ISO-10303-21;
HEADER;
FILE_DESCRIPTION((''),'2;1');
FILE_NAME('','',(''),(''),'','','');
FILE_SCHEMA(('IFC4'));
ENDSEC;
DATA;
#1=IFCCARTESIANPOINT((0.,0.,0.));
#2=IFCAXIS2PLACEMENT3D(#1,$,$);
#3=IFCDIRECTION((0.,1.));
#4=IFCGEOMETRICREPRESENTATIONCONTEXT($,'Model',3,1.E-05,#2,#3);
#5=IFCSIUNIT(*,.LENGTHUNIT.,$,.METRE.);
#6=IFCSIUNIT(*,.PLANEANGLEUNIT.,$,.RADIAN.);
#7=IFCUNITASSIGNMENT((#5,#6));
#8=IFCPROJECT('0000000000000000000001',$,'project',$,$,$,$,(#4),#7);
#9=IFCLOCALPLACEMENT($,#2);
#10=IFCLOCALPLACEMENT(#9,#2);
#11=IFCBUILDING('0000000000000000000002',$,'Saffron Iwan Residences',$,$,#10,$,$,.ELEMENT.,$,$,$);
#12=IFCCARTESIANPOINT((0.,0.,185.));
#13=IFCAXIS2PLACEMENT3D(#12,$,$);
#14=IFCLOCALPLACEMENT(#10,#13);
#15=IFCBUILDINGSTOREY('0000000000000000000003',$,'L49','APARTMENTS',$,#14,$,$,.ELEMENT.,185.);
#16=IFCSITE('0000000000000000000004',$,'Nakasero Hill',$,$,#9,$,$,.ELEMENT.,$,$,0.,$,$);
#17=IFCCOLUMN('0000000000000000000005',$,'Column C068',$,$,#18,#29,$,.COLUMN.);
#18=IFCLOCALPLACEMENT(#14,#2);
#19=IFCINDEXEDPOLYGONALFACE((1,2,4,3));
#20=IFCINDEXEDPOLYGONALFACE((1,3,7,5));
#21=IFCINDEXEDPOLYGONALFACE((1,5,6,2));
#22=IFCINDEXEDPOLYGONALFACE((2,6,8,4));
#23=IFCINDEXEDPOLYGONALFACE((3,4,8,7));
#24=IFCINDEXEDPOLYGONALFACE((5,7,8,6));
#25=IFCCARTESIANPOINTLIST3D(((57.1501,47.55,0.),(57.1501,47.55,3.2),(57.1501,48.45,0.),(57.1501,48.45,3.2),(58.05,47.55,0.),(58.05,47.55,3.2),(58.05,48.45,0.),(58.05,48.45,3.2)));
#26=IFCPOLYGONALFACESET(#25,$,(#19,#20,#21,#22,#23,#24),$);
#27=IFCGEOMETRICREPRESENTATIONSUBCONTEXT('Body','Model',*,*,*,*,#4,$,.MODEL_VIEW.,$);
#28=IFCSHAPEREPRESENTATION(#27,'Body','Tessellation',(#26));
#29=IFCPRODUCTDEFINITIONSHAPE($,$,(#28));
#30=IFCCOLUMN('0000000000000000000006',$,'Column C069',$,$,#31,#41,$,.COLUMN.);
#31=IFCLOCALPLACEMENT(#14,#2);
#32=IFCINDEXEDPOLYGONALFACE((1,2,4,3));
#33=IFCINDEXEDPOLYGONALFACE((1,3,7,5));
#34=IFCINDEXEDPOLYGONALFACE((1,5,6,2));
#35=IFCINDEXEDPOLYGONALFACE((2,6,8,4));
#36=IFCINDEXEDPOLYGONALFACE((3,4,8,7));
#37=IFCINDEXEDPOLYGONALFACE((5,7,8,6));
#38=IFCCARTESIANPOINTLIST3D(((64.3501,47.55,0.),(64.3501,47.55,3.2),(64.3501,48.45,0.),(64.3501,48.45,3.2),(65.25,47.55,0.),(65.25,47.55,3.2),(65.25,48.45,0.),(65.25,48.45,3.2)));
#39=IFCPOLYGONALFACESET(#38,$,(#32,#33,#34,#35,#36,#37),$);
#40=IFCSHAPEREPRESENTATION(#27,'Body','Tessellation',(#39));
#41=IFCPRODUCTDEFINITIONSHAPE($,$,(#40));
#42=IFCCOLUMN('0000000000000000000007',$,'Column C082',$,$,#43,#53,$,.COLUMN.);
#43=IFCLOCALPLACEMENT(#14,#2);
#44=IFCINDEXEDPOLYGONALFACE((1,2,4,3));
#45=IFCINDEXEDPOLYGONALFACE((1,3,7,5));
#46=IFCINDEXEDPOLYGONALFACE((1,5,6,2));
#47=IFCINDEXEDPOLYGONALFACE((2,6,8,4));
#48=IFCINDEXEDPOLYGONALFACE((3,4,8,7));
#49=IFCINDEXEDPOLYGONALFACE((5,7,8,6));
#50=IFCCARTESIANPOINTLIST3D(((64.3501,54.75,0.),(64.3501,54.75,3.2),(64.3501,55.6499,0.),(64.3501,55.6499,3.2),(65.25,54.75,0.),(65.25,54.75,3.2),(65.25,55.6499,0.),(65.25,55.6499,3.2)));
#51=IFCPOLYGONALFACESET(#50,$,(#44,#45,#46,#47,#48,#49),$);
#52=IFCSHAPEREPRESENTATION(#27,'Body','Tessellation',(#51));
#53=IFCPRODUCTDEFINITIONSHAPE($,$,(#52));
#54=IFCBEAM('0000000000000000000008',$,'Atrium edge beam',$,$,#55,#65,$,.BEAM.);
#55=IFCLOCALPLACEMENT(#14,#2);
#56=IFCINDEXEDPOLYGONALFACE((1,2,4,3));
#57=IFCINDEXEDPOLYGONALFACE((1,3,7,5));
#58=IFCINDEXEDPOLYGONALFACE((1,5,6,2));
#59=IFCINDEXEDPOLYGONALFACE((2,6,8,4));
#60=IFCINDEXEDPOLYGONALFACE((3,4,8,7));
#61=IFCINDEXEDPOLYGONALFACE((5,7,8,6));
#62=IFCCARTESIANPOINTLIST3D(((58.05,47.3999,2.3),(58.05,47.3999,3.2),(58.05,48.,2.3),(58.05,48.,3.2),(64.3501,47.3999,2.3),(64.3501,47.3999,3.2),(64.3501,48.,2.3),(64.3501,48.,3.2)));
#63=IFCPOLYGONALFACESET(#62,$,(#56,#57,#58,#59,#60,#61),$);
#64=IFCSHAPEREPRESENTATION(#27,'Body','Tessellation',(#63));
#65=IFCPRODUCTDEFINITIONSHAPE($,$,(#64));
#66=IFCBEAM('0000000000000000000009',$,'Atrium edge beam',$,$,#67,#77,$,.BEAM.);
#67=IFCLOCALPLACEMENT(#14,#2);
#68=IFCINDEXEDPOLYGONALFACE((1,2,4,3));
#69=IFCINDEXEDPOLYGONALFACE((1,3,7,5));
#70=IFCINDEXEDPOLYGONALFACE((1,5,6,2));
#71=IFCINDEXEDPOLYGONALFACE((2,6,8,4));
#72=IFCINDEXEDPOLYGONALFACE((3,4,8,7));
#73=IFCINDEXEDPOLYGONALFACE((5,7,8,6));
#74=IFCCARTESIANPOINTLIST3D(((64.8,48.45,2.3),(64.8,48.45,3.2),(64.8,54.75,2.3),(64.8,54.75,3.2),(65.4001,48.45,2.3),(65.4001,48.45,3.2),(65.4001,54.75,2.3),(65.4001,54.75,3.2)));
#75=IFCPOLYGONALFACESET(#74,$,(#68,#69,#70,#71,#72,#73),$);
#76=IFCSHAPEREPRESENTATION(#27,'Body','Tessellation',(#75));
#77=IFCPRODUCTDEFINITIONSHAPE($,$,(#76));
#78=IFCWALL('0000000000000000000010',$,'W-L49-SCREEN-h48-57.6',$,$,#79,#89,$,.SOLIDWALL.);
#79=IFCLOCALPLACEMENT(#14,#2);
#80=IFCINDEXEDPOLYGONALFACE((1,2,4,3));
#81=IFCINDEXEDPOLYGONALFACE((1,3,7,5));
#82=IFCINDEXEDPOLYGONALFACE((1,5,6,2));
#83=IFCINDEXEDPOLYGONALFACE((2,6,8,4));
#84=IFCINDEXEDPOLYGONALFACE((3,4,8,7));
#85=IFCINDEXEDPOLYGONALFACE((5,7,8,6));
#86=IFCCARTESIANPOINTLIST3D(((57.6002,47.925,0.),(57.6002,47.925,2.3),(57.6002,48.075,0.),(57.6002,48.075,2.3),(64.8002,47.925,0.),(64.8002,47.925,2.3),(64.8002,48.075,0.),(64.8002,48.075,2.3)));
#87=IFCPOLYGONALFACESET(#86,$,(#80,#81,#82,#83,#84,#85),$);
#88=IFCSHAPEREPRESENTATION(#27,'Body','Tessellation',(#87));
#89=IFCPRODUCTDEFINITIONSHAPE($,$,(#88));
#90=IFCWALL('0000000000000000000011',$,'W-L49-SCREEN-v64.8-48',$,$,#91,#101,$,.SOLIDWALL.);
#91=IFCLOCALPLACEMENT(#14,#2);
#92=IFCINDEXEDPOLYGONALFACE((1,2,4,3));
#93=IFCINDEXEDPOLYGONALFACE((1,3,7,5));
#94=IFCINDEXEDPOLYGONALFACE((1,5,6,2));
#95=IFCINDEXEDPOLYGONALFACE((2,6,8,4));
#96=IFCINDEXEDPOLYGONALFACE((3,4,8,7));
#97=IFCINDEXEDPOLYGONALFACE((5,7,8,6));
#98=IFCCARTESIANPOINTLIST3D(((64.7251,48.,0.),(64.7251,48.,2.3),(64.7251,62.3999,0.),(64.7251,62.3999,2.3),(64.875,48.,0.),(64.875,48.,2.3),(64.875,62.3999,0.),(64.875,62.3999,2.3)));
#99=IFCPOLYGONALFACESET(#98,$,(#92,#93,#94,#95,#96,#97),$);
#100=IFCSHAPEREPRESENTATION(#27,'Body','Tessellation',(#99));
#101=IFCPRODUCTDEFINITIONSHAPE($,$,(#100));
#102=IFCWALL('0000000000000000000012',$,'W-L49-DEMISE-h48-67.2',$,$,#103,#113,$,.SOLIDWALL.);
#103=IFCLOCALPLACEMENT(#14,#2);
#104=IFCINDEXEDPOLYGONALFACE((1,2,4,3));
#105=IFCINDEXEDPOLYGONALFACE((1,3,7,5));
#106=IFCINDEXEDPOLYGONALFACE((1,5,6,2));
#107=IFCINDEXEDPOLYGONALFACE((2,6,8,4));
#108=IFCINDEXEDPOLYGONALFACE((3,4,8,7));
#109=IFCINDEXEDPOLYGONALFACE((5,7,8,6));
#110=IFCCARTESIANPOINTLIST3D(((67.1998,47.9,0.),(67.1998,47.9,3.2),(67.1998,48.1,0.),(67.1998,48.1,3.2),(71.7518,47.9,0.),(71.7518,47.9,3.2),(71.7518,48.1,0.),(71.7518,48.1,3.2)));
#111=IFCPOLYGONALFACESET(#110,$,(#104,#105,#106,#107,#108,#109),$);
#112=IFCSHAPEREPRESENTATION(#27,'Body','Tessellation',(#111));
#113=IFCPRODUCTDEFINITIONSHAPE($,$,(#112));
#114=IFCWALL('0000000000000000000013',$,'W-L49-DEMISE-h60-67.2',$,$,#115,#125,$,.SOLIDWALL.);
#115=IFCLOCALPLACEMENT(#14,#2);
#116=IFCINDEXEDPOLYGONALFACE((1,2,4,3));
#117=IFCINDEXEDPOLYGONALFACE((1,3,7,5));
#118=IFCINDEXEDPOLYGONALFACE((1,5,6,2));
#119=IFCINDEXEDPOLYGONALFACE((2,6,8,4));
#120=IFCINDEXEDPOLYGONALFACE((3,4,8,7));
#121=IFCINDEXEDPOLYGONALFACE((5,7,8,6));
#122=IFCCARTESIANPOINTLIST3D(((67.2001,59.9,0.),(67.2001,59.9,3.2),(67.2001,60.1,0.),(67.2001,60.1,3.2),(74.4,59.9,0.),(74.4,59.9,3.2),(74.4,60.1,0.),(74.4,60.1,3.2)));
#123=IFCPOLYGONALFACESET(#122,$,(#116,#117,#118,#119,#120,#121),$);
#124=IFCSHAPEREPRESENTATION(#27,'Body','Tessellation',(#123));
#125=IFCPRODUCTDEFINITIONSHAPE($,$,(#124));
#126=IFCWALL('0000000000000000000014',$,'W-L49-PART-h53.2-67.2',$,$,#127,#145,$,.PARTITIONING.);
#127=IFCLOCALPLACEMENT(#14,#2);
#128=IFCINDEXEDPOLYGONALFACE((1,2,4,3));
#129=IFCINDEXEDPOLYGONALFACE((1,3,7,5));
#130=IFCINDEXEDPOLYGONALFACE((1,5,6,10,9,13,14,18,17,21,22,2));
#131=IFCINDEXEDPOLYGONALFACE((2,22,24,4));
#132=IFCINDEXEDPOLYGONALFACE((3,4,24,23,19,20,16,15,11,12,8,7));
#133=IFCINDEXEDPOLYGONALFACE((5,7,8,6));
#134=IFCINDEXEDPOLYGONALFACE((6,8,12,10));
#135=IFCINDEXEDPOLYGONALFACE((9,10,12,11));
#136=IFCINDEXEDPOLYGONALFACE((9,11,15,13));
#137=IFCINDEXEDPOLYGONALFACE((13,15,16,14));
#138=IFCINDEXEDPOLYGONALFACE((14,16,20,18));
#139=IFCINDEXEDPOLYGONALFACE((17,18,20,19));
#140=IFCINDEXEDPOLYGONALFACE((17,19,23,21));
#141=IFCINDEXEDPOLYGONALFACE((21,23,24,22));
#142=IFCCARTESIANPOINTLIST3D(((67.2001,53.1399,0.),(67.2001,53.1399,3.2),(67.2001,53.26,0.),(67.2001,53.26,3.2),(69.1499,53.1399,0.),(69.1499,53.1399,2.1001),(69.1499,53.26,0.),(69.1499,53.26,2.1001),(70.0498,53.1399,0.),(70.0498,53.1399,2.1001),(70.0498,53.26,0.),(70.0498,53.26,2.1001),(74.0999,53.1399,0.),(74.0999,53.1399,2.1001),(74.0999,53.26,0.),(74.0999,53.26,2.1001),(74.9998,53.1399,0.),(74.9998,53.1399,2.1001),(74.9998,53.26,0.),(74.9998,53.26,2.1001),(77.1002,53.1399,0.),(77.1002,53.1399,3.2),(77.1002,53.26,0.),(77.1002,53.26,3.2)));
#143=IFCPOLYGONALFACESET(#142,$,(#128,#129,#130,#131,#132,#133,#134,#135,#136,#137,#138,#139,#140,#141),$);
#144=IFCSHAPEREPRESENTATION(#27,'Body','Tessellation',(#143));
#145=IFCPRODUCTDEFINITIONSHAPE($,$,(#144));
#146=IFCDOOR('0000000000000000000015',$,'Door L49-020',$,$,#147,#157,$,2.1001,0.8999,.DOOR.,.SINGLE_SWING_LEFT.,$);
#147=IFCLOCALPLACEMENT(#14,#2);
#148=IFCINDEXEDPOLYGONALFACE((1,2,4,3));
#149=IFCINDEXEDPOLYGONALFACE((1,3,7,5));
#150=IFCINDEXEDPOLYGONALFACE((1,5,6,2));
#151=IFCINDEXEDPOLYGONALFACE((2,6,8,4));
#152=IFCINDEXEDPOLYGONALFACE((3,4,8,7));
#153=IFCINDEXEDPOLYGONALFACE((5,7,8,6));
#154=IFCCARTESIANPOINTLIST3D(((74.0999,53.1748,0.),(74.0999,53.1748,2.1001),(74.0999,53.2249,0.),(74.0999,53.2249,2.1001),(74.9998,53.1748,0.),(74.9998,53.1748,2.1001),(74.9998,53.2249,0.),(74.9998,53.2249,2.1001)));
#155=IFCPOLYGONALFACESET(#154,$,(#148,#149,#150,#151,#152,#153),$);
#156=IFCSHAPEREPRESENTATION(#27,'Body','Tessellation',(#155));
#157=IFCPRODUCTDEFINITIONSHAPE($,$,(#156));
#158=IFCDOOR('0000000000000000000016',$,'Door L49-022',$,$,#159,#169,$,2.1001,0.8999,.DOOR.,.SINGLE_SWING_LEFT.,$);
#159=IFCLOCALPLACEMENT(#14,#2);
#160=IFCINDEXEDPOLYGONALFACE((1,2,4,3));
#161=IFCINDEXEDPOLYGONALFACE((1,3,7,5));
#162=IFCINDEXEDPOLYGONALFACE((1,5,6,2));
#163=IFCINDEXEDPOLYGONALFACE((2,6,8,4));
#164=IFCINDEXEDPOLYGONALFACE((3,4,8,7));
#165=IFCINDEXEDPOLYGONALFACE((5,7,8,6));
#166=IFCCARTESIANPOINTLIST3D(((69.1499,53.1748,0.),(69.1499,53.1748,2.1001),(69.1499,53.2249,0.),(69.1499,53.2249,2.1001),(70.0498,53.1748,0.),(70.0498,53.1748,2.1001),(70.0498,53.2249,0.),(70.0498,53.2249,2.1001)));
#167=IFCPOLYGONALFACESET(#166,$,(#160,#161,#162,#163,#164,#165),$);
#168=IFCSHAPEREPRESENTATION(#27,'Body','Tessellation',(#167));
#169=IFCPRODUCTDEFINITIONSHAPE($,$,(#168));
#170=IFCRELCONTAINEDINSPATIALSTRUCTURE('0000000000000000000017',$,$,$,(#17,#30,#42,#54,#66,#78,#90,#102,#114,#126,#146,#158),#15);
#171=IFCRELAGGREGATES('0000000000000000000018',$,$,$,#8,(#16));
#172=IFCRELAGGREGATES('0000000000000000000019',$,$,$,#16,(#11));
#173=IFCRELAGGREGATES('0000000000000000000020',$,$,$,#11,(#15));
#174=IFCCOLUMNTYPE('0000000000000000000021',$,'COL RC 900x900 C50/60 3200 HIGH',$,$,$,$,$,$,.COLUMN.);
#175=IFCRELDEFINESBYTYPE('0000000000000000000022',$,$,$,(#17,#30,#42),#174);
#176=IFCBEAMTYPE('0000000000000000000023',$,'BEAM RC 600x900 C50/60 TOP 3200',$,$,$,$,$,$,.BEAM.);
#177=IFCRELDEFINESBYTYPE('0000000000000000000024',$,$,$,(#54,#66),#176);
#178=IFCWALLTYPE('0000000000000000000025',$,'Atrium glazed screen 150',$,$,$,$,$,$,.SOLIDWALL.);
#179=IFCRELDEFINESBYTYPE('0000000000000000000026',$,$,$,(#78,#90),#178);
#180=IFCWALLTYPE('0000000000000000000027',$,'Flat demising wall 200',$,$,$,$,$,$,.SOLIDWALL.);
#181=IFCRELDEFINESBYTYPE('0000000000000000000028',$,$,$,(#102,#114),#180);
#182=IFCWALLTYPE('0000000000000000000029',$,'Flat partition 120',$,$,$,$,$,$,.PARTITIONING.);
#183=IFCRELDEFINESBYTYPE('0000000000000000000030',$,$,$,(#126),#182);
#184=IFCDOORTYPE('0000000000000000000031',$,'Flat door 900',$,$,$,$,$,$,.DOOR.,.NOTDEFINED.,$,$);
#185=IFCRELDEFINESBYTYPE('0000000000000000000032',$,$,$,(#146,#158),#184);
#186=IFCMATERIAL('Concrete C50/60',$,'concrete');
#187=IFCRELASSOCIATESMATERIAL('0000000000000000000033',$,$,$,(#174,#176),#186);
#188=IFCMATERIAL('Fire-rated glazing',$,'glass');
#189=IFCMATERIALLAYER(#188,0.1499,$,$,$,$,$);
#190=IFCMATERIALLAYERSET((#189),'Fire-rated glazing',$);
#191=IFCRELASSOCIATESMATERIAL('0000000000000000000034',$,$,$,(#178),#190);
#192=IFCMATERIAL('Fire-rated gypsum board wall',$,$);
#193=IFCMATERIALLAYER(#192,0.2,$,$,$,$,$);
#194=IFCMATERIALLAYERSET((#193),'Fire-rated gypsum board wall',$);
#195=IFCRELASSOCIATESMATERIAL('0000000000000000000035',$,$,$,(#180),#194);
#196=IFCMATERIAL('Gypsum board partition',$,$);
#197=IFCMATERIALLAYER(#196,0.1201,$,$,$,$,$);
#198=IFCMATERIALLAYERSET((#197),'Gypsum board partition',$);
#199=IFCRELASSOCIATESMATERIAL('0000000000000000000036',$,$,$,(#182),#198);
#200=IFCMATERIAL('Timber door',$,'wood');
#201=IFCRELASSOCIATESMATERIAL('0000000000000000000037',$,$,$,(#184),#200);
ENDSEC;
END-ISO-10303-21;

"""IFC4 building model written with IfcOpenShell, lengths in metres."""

from ifc_helpers import new_model, si_unit, direction, frame, frame_2d, origin, origin_2d, place, context, subcontext, project, spatial, rectangle, extrude, source, transform, mapped, material, layer, layer_set, material_profile, profile_set, type_object, element, fill, save


model = new_model("IFC4")

# Units and contexts
model_context = context("Model", 3, precision=1e-05, world=origin(), true_north=direction((0.0, 1.0)))
body_context = subcontext(model_context, "Body", "Model", "MODEL_VIEW")
ifc_project = project(units=[si_unit("LENGTHUNIT", "METRE"), si_unit("PLANEANGLEUNIT", "RADIAN")], contexts=[model_context])

# Site, building, storey
site_placement = place(None, origin())
site = spatial("IfcSite", under=ifc_project, at=site_placement, Name="Nakasero Hill", CompositionType="ELEMENT", RefElevation=0.0)
building_placement = place(site_placement, origin())
building = spatial("IfcBuilding", under=site, at=building_placement, Name="Saffron Iwan Residences", CompositionType="ELEMENT")
storey_placement = place(building_placement, frame((0.0, 0.0, 185.0)))
storey = spatial("IfcBuildingStorey", under=building, at=storey_placement, Name="L49", Description="APARTMENTS", CompositionType="ELEMENT", Elevation=185.0)

# Columns
ifc_material_1 = material(Name="Concrete C50/60", Category="concrete")
ifc_material_profile_1 = material_profile(ifc_material_1, rectangle(XDim=0.8999, YDim=0.8999, at=origin_2d()), Name="RC 900x900")
ifc_profile_set_1 = profile_set([ifc_material_profile_1], Name="Concrete C50/60")
column_type = type_object("IfcColumnType", Name="COL RC 900x900 C50/60 3200 HIGH", PredefinedType="COLUMN", material=ifc_profile_set_1)
shared_shape_1 = source(origin(), body_context, "Body", "SweptSolid", [
    extrude(rectangle(XDim=0.8999, YDim=0.8999, at=origin_2d()), origin(), (0.0, 0.0, 1.0), 3.2),
])
for number, where, z_axis, x_axis, name in (
    (1, (57.6001, 48.0, 0.0), (0.0, 0.0, 1.0), (1.0, 0.0, 0.0), "Column C068"),
    (2, (64.8, 48.0, 0.0), (0.0, 0.0, 1.0), (1.0, 0.0, 0.0), "Column C069"),
    (3, (64.8, 55.2, 0.0), (0.0, 0.0, 1.0), (1.0, 0.0, 0.0), "Column C082"),
):
    element("IfcColumn", number, at=place(storey_placement, frame(where, z_axis=z_axis, x_axis=x_axis)), inside=storey, type_object=column_type, Name=name, PredefinedType="COLUMN", context=body_context, shape_type="MappedRepresentation", body=[
        mapped(shared_shape_1, transform((0.0, 0.0, 0.0))),
    ])

# Beams
ifc_material_profile_2 = material_profile(ifc_material_1, rectangle(XDim=0.6001, YDim=0.8999, at=origin_2d()), Name="RC 600x900")
ifc_profile_set_2 = profile_set([ifc_material_profile_2], Name="Concrete C50/60")
beam_type = type_object("IfcBeamType", Name="BEAM RC 600x900 C50/60 TOP 3200", PredefinedType="BEAM", material=ifc_profile_set_2)
shared_shape_2 = source(origin(), body_context, "Body", "SweptSolid", [
    extrude(rectangle(XDim=0.6001, YDim=0.8999, at=origin_2d()), origin(), (0.0, 0.0, 1.0), 6.3),
])
for number, where, z_axis, x_axis, name in (
    (4, (64.3501, 47.7, 2.75), (-1.0, 0.0, 0.0), (0.0, -1.0, 0.0), "Atrium edge beam"),
    (5, (65.1001, 54.75, 2.75), (0.0, -1.0, 0.0), (1.0, 0.0, 0.0), "Atrium edge beam"),
):
    element("IfcBeam", number, at=place(storey_placement, frame(where, z_axis=z_axis, x_axis=x_axis)), inside=storey, type_object=beam_type, Name=name, PredefinedType="BEAM", context=body_context, shape_type="MappedRepresentation", body=[
        mapped(shared_shape_2, transform((0.0, 0.0, 0.0))),
    ])

# Walls
ifc_material_2 = material(Name="Fire-rated glazing", Category="glass")
ifc_layer_1 = layer(ifc_material_2, 0.1499)
ifc_layer_set_1 = layer_set([ifc_layer_1], Name="Fire-rated glazing")
wall_type_1 = type_object("IfcWallType", Name="Atrium glazed screen 150", PredefinedType="SOLIDWALL", material=ifc_layer_set_1)
wall_1_placement = place(storey_placement, frame((57.6001, 48.0, 0.0), z_axis=(0.0, 0.0, 1.0), x_axis=(1.0, 0.0, 0.0)))
element("IfcWall", 6, at=wall_1_placement, inside=storey, type_object=wall_type_1, Name="W-L49-SCREEN-h48-57.6", PredefinedType="SOLIDWALL", context=body_context, shape_type="SweptSolid", body=[
    extrude(rectangle(XDim=7.2, YDim=0.1499, at=frame_2d((3.6001, 0.0))), origin(), (0.0, 0.0, 1.0), 2.3),
])
wall_2_placement = place(storey_placement, frame((64.8, 48.0, 0.0), z_axis=(0.0, 0.0, 1.0), x_axis=(0.0, 1.0, 0.0)))
element("IfcWall", 7, at=wall_2_placement, inside=storey, type_object=wall_type_1, Name="W-L49-SCREEN-v64.8-48", PredefinedType="SOLIDWALL", context=body_context, shape_type="SweptSolid", body=[
    extrude(rectangle(XDim=14.3999, YDim=0.1499, at=frame_2d((7.2, 0.0))), origin(), (0.0, 0.0, 1.0), 2.3),
])
ifc_material_3 = material(Name="Fire-rated gypsum board wall")
ifc_layer_2 = layer(ifc_material_3, 0.2)
ifc_layer_set_2 = layer_set([ifc_layer_2], Name="Fire-rated gypsum board wall")
wall_type_2 = type_object("IfcWallType", Name="Flat demising wall 200", PredefinedType="SOLIDWALL", material=ifc_layer_set_2)
wall_3_placement = place(storey_placement, frame((67.2, 48.0, 0.0), z_axis=(0.0, 0.0, 1.0), x_axis=(1.0, 0.0, 0.0)))
element("IfcWall", 8, at=wall_3_placement, inside=storey, type_object=wall_type_2, Name="W-L49-DEMISE-h48-67.2", PredefinedType="SOLIDWALL", context=body_context, shape_type="SweptSolid", body=[
    extrude(rectangle(XDim=4.552, YDim=0.2, at=frame_2d((2.2759, 0.0))), origin(), (0.0, 0.0, 1.0), 3.2),
])
wall_4_placement = place(storey_placement, frame((67.2, 60.0, 0.0), z_axis=(0.0, 0.0, 1.0), x_axis=(1.0, 0.0, 0.0)))
element("IfcWall", 9, at=wall_4_placement, inside=storey, type_object=wall_type_2, Name="W-L49-DEMISE-h60-67.2", PredefinedType="SOLIDWALL", context=body_context, shape_type="SweptSolid", body=[
    extrude(rectangle(XDim=7.2, YDim=0.2, at=frame_2d((3.6001, 0.0))), origin(), (0.0, 0.0, 1.0), 3.2),
])

# Wall, openings, doors
ifc_material_4 = material(Name="Gypsum board partition")
ifc_layer_3 = layer(ifc_material_4, 0.1201)
ifc_layer_set_3 = layer_set([ifc_layer_3], Name="Gypsum board partition")
wall_type_3 = type_object("IfcWallType", Name="Flat partition 120", PredefinedType="PARTITIONING", material=ifc_layer_set_3)
wall_5_placement = place(storey_placement, frame((67.2, 53.2, 0.0), z_axis=(0.0, 0.0, 1.0), x_axis=(1.0, 0.0, 0.0)))
wall_5 = element("IfcWall", 10, at=wall_5_placement, inside=storey, type_object=wall_type_3, Name="W-L49-PART-h53.2-67.2", PredefinedType="PARTITIONING", context=body_context, shape_type="SweptSolid", body=[
    extrude(rectangle(XDim=9.9001, YDim=0.1201, at=frame_2d((4.9502, 0.0))), origin(), (0.0, 0.0, 1.0), 3.2),
])
opening_1_placement = place(wall_5_placement, frame((6.8999, 0.0, 0.0)))
opening_1 = element("IfcOpeningElement", 11, at=opening_1_placement, cuts=wall_5, PredefinedType="OPENING", context=body_context, shape_type="SweptSolid", body=[
    extrude(rectangle(XDim=0.8999, YDim=2.1001, at=frame_2d((0.45, 1.05))), frame((0.0, 0.0701, 0.0), z_axis=(0.0, -1.0, 0.0), x_axis=(1.0, 0.0, 0.0)), (0.0, 0.0, 1.0), 0.1401),
])
opening_2_placement = place(wall_5_placement, frame((1.95, 0.0, 0.0)))
opening_2 = element("IfcOpeningElement", 12, at=opening_2_placement, cuts=wall_5, PredefinedType="OPENING", context=body_context, shape_type="SweptSolid", body=[
    extrude(rectangle(XDim=0.8999, YDim=2.1001, at=frame_2d((0.45, 1.05))), frame((0.0, 0.0701, 0.0), z_axis=(0.0, -1.0, 0.0), x_axis=(1.0, 0.0, 0.0)), (0.0, 0.0, 1.0), 0.1401),
])
ifc_material_5 = material(Name="Timber door", Category="wood")
door_type_1 = type_object("IfcDoorType", Name="Flat door 900", OperationType="NOTDEFINED", PredefinedType="DOOR", material=ifc_material_5)
door_1_placement = place(opening_1_placement, origin())
door_1 = element("IfcDoor", 13, at=door_1_placement, inside=storey, type_object=door_type_1, Name="Door L49-020", OperationType="SINGLE_SWING_LEFT", OverallHeight=2.1001, OverallWidth=0.8999, PredefinedType="DOOR", context=body_context, shape_type="SweptSolid", body=[
    extrude(rectangle(XDim=0.8999, YDim=2.1001, at=frame_2d((0.45, 1.05))), frame((0.0, 0.0249, 0.0), z_axis=(0.0, -1.0, 0.0), x_axis=(1.0, 0.0, 0.0)), (0.0, 0.0, 1.0), 0.05),
])
fill(opening_1, door_1)
door_2_placement = place(opening_2_placement, origin())
door_2 = element("IfcDoor", 14, at=door_2_placement, inside=storey, type_object=door_type_1, Name="Door L49-022", OperationType="SINGLE_SWING_LEFT", OverallHeight=2.1001, OverallWidth=0.8999, PredefinedType="DOOR", context=body_context, shape_type="SweptSolid", body=[
    extrude(rectangle(XDim=0.8999, YDim=2.1001, at=frame_2d((0.45, 1.05))), frame((0.0, 0.0249, 0.0), z_axis=(0.0, -1.0, 0.0), x_axis=(1.0, 0.0, 0.0)), (0.0, 0.0, 1.0), 0.05),
])
fill(opening_2, door_2)

save(model, "model.ifc")
